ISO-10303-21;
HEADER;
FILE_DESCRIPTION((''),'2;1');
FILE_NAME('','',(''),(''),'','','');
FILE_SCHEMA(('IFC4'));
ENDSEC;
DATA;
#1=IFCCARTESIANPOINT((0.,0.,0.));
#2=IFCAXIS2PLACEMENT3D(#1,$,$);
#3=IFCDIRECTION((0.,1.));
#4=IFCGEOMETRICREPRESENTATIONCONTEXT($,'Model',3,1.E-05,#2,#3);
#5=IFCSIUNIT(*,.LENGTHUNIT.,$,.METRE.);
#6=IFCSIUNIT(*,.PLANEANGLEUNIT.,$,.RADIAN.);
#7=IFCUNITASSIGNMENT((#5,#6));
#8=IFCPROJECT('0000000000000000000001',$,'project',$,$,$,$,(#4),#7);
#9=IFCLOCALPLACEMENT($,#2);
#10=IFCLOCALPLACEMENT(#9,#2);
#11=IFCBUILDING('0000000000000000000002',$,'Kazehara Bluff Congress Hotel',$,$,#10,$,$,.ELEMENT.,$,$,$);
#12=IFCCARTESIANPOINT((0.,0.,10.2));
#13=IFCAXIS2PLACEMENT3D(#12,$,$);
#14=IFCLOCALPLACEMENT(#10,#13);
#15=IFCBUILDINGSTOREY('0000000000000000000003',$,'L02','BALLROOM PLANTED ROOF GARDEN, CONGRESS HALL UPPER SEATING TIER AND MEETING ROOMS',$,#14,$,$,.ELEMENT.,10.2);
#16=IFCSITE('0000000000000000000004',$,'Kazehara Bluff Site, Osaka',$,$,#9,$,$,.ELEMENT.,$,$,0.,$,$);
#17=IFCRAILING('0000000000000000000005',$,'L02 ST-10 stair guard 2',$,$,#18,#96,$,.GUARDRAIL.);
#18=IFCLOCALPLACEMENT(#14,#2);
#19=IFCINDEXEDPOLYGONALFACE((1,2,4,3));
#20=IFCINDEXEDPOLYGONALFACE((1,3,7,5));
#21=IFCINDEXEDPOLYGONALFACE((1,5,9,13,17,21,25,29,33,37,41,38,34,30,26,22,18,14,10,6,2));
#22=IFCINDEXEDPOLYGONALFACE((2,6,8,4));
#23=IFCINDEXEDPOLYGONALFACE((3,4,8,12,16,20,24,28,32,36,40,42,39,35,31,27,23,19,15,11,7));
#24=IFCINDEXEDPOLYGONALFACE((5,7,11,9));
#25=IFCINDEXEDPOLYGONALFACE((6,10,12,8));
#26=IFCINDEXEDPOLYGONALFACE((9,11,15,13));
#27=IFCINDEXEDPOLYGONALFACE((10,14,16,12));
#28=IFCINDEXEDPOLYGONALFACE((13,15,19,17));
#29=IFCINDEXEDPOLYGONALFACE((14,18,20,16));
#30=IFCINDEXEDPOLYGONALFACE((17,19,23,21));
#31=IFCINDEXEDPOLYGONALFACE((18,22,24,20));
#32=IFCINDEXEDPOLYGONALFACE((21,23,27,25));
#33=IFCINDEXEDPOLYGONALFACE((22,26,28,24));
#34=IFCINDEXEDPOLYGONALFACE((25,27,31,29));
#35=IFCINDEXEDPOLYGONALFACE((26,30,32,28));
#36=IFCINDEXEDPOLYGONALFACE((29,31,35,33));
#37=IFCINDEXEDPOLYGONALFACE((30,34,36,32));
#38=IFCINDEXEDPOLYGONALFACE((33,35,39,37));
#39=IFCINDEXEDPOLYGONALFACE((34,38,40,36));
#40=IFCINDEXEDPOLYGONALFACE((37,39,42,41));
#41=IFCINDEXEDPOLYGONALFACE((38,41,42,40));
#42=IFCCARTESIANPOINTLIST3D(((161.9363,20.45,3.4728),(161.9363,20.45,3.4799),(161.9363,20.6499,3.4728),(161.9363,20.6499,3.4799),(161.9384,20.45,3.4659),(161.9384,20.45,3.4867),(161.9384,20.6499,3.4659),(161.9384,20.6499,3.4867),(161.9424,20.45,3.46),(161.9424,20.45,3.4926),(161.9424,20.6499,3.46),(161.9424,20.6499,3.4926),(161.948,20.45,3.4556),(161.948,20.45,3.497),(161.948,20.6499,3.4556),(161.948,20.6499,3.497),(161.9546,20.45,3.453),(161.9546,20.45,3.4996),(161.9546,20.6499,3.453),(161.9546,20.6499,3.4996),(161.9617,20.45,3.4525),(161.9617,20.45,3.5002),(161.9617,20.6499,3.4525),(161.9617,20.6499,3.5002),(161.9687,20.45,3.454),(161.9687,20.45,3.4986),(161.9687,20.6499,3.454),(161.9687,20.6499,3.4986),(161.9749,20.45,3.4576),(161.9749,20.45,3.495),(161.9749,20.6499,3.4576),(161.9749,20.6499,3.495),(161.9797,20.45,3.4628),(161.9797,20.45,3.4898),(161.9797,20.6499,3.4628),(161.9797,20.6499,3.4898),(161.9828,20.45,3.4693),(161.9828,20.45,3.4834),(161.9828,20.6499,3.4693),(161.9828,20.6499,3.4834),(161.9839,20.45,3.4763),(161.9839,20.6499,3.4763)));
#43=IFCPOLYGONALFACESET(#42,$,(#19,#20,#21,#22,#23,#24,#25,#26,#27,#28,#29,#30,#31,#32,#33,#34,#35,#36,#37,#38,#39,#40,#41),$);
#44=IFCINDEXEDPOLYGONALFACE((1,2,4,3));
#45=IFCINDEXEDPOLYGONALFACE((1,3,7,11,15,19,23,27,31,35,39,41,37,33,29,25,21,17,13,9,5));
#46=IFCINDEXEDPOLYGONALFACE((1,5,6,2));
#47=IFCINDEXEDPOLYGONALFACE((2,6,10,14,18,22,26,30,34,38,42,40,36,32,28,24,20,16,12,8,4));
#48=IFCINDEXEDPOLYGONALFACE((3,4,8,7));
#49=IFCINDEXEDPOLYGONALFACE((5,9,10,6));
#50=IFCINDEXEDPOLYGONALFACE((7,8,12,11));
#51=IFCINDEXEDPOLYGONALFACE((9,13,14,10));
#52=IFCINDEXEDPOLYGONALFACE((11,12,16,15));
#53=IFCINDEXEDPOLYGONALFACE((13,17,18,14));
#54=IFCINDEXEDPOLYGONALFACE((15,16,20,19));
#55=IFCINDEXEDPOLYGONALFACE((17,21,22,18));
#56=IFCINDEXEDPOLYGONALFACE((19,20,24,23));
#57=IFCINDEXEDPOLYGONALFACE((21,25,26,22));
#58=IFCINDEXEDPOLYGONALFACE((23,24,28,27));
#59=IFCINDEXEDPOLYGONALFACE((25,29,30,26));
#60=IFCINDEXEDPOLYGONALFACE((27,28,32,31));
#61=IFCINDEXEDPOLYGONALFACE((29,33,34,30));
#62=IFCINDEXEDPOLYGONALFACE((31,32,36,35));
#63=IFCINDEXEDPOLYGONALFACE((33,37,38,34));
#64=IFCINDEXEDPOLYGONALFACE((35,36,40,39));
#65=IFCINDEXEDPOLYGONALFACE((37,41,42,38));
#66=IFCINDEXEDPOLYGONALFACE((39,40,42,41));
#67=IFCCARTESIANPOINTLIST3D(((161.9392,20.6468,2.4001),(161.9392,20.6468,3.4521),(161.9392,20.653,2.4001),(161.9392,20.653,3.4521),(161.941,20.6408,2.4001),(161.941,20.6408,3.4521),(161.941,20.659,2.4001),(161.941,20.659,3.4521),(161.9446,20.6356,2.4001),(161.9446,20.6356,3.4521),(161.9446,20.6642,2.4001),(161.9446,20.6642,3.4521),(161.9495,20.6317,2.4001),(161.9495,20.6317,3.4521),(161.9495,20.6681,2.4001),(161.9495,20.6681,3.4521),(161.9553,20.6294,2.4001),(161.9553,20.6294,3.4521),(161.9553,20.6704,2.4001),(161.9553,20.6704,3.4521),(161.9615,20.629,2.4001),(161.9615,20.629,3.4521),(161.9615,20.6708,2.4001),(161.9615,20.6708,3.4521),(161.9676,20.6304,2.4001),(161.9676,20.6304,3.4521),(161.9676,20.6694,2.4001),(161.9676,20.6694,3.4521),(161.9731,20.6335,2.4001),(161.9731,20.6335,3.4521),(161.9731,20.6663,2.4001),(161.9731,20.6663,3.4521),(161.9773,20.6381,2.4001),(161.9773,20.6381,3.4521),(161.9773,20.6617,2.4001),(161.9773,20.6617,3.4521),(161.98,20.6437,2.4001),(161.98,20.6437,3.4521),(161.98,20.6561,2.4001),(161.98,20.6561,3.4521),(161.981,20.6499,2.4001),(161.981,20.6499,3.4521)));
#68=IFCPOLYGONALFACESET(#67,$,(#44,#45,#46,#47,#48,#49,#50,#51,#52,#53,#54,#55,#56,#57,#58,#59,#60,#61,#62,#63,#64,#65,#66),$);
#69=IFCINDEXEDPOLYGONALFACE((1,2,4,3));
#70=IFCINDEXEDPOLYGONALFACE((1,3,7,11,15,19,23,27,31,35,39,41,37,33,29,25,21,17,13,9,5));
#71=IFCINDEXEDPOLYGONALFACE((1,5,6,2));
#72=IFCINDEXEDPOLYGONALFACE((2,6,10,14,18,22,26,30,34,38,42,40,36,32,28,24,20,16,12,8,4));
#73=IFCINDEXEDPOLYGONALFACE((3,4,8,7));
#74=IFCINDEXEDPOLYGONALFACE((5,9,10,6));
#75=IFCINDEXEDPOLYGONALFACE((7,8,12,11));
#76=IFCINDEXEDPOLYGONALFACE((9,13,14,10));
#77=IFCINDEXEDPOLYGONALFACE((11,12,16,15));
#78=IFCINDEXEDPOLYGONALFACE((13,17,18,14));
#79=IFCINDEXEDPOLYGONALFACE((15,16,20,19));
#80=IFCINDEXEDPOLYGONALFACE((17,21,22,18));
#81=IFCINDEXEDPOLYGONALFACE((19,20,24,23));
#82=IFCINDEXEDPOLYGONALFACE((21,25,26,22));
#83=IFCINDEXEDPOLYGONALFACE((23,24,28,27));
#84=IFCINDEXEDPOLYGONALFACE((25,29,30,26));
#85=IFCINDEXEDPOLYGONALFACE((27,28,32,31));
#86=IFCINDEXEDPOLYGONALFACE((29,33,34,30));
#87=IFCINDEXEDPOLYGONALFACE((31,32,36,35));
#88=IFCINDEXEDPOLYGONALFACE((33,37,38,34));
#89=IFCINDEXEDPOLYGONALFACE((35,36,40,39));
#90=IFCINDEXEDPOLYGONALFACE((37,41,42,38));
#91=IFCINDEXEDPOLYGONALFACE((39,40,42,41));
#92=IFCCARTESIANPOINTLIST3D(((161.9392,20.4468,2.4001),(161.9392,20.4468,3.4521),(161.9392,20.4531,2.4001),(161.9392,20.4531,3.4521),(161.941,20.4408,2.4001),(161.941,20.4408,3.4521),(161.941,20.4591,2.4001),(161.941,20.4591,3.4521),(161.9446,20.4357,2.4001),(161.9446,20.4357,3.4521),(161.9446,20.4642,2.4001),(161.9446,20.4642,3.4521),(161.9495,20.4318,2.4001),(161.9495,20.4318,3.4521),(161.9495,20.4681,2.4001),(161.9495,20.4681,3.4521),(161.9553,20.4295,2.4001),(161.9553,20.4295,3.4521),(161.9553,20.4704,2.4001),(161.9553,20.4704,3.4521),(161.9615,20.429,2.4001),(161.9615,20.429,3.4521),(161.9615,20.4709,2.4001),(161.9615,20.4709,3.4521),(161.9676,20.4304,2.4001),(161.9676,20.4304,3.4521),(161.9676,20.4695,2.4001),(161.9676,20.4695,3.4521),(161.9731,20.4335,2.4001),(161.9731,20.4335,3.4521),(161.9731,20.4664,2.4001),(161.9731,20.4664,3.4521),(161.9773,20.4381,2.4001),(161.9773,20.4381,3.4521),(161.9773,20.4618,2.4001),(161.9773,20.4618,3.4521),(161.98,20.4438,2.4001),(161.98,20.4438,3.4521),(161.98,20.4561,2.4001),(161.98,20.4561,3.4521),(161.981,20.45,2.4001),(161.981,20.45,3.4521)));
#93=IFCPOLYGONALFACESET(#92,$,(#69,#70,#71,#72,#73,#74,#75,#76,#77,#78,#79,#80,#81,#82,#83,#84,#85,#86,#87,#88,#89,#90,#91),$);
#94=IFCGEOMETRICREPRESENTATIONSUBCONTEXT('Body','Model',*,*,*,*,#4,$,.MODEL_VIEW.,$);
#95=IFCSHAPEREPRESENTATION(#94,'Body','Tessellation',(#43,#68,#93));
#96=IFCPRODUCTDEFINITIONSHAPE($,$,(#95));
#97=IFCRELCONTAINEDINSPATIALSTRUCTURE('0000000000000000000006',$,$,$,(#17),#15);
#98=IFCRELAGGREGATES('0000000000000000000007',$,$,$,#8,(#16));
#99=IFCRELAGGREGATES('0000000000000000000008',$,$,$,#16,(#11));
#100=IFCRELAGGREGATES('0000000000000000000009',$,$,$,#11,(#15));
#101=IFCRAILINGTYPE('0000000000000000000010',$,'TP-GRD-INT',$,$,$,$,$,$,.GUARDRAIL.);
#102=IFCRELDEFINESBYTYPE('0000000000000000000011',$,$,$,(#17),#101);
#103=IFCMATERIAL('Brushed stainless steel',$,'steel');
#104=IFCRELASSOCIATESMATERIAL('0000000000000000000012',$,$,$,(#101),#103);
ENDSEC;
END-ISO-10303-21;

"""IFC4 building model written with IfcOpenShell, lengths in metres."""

from ifc_helpers import new_model, si_unit, direction, frame, origin, origin_2d, place, context, subcontext, project, spatial, circle, extrude, material, type_object, element, save


model = new_model("IFC4")

# Units and contexts
model_context = context("Model", 3, precision=1e-05, world=origin(), true_north=direction((0.0, 1.0)))
body_context = subcontext(model_context, "Body", "Model", "MODEL_VIEW")
ifc_project = project(units=[si_unit("LENGTHUNIT", "METRE"), si_unit("PLANEANGLEUNIT", "RADIAN")], contexts=[model_context])

# Site, building, storey
site_placement = place(None, origin())
site = spatial("IfcSite", under=ifc_project, at=site_placement, Name="Kazehara Bluff Site, Osaka", CompositionType="ELEMENT", RefElevation=0.0)
building_placement = place(site_placement, origin())
building = spatial("IfcBuilding", under=site, at=building_placement, Name="Kazehara Bluff Congress Hotel", CompositionType="ELEMENT")
storey_placement = place(building_placement, frame((0.0, 0.0, 10.2)))
storey = spatial("IfcBuildingStorey", under=building, at=storey_placement, Name="L02", Description="BALLROOM PLANTED ROOF GARDEN, CONGRESS HALL UPPER SEATING TIER AND MEETING ROOMS", CompositionType="ELEMENT", Elevation=10.2)

# Railing
ifc_material_1 = material(Name="Brushed stainless steel", Category="steel")
railing_type_1 = type_object("IfcRailingType", Name="TP-GRD-INT", PredefinedType="GUARDRAIL", material=ifc_material_1)
railing_1_placement = place(storey_placement, frame((161.96, 20.6499, 2.4001)))
element("IfcRailing", 1, at=railing_1_placement, inside=storey, type_object=railing_type_1, Name="L02 ST-10 stair guard 2", PredefinedType="GUARDRAIL", context=body_context, shape_type="SweptSolid", body=[
    extrude(circle(Radius=0.0239, at=origin_2d()), frame((0.0, 0.0, 1.0762), z_axis=(0.0, -1.0, 0.0), x_axis=(1.0, 0.0, 0.0)), (0.0, 0.0, 1.0), 0.2),
    extrude(circle(Radius=0.021, at=origin_2d()), origin(), (0.0, 0.0, 1.0), 1.052),
    extrude(circle(Radius=0.021, at=origin_2d()), frame((0.0, -0.2, 0.0)), (0.0, 0.0, 1.0), 1.052),
])

save(model, "model.ifc")
